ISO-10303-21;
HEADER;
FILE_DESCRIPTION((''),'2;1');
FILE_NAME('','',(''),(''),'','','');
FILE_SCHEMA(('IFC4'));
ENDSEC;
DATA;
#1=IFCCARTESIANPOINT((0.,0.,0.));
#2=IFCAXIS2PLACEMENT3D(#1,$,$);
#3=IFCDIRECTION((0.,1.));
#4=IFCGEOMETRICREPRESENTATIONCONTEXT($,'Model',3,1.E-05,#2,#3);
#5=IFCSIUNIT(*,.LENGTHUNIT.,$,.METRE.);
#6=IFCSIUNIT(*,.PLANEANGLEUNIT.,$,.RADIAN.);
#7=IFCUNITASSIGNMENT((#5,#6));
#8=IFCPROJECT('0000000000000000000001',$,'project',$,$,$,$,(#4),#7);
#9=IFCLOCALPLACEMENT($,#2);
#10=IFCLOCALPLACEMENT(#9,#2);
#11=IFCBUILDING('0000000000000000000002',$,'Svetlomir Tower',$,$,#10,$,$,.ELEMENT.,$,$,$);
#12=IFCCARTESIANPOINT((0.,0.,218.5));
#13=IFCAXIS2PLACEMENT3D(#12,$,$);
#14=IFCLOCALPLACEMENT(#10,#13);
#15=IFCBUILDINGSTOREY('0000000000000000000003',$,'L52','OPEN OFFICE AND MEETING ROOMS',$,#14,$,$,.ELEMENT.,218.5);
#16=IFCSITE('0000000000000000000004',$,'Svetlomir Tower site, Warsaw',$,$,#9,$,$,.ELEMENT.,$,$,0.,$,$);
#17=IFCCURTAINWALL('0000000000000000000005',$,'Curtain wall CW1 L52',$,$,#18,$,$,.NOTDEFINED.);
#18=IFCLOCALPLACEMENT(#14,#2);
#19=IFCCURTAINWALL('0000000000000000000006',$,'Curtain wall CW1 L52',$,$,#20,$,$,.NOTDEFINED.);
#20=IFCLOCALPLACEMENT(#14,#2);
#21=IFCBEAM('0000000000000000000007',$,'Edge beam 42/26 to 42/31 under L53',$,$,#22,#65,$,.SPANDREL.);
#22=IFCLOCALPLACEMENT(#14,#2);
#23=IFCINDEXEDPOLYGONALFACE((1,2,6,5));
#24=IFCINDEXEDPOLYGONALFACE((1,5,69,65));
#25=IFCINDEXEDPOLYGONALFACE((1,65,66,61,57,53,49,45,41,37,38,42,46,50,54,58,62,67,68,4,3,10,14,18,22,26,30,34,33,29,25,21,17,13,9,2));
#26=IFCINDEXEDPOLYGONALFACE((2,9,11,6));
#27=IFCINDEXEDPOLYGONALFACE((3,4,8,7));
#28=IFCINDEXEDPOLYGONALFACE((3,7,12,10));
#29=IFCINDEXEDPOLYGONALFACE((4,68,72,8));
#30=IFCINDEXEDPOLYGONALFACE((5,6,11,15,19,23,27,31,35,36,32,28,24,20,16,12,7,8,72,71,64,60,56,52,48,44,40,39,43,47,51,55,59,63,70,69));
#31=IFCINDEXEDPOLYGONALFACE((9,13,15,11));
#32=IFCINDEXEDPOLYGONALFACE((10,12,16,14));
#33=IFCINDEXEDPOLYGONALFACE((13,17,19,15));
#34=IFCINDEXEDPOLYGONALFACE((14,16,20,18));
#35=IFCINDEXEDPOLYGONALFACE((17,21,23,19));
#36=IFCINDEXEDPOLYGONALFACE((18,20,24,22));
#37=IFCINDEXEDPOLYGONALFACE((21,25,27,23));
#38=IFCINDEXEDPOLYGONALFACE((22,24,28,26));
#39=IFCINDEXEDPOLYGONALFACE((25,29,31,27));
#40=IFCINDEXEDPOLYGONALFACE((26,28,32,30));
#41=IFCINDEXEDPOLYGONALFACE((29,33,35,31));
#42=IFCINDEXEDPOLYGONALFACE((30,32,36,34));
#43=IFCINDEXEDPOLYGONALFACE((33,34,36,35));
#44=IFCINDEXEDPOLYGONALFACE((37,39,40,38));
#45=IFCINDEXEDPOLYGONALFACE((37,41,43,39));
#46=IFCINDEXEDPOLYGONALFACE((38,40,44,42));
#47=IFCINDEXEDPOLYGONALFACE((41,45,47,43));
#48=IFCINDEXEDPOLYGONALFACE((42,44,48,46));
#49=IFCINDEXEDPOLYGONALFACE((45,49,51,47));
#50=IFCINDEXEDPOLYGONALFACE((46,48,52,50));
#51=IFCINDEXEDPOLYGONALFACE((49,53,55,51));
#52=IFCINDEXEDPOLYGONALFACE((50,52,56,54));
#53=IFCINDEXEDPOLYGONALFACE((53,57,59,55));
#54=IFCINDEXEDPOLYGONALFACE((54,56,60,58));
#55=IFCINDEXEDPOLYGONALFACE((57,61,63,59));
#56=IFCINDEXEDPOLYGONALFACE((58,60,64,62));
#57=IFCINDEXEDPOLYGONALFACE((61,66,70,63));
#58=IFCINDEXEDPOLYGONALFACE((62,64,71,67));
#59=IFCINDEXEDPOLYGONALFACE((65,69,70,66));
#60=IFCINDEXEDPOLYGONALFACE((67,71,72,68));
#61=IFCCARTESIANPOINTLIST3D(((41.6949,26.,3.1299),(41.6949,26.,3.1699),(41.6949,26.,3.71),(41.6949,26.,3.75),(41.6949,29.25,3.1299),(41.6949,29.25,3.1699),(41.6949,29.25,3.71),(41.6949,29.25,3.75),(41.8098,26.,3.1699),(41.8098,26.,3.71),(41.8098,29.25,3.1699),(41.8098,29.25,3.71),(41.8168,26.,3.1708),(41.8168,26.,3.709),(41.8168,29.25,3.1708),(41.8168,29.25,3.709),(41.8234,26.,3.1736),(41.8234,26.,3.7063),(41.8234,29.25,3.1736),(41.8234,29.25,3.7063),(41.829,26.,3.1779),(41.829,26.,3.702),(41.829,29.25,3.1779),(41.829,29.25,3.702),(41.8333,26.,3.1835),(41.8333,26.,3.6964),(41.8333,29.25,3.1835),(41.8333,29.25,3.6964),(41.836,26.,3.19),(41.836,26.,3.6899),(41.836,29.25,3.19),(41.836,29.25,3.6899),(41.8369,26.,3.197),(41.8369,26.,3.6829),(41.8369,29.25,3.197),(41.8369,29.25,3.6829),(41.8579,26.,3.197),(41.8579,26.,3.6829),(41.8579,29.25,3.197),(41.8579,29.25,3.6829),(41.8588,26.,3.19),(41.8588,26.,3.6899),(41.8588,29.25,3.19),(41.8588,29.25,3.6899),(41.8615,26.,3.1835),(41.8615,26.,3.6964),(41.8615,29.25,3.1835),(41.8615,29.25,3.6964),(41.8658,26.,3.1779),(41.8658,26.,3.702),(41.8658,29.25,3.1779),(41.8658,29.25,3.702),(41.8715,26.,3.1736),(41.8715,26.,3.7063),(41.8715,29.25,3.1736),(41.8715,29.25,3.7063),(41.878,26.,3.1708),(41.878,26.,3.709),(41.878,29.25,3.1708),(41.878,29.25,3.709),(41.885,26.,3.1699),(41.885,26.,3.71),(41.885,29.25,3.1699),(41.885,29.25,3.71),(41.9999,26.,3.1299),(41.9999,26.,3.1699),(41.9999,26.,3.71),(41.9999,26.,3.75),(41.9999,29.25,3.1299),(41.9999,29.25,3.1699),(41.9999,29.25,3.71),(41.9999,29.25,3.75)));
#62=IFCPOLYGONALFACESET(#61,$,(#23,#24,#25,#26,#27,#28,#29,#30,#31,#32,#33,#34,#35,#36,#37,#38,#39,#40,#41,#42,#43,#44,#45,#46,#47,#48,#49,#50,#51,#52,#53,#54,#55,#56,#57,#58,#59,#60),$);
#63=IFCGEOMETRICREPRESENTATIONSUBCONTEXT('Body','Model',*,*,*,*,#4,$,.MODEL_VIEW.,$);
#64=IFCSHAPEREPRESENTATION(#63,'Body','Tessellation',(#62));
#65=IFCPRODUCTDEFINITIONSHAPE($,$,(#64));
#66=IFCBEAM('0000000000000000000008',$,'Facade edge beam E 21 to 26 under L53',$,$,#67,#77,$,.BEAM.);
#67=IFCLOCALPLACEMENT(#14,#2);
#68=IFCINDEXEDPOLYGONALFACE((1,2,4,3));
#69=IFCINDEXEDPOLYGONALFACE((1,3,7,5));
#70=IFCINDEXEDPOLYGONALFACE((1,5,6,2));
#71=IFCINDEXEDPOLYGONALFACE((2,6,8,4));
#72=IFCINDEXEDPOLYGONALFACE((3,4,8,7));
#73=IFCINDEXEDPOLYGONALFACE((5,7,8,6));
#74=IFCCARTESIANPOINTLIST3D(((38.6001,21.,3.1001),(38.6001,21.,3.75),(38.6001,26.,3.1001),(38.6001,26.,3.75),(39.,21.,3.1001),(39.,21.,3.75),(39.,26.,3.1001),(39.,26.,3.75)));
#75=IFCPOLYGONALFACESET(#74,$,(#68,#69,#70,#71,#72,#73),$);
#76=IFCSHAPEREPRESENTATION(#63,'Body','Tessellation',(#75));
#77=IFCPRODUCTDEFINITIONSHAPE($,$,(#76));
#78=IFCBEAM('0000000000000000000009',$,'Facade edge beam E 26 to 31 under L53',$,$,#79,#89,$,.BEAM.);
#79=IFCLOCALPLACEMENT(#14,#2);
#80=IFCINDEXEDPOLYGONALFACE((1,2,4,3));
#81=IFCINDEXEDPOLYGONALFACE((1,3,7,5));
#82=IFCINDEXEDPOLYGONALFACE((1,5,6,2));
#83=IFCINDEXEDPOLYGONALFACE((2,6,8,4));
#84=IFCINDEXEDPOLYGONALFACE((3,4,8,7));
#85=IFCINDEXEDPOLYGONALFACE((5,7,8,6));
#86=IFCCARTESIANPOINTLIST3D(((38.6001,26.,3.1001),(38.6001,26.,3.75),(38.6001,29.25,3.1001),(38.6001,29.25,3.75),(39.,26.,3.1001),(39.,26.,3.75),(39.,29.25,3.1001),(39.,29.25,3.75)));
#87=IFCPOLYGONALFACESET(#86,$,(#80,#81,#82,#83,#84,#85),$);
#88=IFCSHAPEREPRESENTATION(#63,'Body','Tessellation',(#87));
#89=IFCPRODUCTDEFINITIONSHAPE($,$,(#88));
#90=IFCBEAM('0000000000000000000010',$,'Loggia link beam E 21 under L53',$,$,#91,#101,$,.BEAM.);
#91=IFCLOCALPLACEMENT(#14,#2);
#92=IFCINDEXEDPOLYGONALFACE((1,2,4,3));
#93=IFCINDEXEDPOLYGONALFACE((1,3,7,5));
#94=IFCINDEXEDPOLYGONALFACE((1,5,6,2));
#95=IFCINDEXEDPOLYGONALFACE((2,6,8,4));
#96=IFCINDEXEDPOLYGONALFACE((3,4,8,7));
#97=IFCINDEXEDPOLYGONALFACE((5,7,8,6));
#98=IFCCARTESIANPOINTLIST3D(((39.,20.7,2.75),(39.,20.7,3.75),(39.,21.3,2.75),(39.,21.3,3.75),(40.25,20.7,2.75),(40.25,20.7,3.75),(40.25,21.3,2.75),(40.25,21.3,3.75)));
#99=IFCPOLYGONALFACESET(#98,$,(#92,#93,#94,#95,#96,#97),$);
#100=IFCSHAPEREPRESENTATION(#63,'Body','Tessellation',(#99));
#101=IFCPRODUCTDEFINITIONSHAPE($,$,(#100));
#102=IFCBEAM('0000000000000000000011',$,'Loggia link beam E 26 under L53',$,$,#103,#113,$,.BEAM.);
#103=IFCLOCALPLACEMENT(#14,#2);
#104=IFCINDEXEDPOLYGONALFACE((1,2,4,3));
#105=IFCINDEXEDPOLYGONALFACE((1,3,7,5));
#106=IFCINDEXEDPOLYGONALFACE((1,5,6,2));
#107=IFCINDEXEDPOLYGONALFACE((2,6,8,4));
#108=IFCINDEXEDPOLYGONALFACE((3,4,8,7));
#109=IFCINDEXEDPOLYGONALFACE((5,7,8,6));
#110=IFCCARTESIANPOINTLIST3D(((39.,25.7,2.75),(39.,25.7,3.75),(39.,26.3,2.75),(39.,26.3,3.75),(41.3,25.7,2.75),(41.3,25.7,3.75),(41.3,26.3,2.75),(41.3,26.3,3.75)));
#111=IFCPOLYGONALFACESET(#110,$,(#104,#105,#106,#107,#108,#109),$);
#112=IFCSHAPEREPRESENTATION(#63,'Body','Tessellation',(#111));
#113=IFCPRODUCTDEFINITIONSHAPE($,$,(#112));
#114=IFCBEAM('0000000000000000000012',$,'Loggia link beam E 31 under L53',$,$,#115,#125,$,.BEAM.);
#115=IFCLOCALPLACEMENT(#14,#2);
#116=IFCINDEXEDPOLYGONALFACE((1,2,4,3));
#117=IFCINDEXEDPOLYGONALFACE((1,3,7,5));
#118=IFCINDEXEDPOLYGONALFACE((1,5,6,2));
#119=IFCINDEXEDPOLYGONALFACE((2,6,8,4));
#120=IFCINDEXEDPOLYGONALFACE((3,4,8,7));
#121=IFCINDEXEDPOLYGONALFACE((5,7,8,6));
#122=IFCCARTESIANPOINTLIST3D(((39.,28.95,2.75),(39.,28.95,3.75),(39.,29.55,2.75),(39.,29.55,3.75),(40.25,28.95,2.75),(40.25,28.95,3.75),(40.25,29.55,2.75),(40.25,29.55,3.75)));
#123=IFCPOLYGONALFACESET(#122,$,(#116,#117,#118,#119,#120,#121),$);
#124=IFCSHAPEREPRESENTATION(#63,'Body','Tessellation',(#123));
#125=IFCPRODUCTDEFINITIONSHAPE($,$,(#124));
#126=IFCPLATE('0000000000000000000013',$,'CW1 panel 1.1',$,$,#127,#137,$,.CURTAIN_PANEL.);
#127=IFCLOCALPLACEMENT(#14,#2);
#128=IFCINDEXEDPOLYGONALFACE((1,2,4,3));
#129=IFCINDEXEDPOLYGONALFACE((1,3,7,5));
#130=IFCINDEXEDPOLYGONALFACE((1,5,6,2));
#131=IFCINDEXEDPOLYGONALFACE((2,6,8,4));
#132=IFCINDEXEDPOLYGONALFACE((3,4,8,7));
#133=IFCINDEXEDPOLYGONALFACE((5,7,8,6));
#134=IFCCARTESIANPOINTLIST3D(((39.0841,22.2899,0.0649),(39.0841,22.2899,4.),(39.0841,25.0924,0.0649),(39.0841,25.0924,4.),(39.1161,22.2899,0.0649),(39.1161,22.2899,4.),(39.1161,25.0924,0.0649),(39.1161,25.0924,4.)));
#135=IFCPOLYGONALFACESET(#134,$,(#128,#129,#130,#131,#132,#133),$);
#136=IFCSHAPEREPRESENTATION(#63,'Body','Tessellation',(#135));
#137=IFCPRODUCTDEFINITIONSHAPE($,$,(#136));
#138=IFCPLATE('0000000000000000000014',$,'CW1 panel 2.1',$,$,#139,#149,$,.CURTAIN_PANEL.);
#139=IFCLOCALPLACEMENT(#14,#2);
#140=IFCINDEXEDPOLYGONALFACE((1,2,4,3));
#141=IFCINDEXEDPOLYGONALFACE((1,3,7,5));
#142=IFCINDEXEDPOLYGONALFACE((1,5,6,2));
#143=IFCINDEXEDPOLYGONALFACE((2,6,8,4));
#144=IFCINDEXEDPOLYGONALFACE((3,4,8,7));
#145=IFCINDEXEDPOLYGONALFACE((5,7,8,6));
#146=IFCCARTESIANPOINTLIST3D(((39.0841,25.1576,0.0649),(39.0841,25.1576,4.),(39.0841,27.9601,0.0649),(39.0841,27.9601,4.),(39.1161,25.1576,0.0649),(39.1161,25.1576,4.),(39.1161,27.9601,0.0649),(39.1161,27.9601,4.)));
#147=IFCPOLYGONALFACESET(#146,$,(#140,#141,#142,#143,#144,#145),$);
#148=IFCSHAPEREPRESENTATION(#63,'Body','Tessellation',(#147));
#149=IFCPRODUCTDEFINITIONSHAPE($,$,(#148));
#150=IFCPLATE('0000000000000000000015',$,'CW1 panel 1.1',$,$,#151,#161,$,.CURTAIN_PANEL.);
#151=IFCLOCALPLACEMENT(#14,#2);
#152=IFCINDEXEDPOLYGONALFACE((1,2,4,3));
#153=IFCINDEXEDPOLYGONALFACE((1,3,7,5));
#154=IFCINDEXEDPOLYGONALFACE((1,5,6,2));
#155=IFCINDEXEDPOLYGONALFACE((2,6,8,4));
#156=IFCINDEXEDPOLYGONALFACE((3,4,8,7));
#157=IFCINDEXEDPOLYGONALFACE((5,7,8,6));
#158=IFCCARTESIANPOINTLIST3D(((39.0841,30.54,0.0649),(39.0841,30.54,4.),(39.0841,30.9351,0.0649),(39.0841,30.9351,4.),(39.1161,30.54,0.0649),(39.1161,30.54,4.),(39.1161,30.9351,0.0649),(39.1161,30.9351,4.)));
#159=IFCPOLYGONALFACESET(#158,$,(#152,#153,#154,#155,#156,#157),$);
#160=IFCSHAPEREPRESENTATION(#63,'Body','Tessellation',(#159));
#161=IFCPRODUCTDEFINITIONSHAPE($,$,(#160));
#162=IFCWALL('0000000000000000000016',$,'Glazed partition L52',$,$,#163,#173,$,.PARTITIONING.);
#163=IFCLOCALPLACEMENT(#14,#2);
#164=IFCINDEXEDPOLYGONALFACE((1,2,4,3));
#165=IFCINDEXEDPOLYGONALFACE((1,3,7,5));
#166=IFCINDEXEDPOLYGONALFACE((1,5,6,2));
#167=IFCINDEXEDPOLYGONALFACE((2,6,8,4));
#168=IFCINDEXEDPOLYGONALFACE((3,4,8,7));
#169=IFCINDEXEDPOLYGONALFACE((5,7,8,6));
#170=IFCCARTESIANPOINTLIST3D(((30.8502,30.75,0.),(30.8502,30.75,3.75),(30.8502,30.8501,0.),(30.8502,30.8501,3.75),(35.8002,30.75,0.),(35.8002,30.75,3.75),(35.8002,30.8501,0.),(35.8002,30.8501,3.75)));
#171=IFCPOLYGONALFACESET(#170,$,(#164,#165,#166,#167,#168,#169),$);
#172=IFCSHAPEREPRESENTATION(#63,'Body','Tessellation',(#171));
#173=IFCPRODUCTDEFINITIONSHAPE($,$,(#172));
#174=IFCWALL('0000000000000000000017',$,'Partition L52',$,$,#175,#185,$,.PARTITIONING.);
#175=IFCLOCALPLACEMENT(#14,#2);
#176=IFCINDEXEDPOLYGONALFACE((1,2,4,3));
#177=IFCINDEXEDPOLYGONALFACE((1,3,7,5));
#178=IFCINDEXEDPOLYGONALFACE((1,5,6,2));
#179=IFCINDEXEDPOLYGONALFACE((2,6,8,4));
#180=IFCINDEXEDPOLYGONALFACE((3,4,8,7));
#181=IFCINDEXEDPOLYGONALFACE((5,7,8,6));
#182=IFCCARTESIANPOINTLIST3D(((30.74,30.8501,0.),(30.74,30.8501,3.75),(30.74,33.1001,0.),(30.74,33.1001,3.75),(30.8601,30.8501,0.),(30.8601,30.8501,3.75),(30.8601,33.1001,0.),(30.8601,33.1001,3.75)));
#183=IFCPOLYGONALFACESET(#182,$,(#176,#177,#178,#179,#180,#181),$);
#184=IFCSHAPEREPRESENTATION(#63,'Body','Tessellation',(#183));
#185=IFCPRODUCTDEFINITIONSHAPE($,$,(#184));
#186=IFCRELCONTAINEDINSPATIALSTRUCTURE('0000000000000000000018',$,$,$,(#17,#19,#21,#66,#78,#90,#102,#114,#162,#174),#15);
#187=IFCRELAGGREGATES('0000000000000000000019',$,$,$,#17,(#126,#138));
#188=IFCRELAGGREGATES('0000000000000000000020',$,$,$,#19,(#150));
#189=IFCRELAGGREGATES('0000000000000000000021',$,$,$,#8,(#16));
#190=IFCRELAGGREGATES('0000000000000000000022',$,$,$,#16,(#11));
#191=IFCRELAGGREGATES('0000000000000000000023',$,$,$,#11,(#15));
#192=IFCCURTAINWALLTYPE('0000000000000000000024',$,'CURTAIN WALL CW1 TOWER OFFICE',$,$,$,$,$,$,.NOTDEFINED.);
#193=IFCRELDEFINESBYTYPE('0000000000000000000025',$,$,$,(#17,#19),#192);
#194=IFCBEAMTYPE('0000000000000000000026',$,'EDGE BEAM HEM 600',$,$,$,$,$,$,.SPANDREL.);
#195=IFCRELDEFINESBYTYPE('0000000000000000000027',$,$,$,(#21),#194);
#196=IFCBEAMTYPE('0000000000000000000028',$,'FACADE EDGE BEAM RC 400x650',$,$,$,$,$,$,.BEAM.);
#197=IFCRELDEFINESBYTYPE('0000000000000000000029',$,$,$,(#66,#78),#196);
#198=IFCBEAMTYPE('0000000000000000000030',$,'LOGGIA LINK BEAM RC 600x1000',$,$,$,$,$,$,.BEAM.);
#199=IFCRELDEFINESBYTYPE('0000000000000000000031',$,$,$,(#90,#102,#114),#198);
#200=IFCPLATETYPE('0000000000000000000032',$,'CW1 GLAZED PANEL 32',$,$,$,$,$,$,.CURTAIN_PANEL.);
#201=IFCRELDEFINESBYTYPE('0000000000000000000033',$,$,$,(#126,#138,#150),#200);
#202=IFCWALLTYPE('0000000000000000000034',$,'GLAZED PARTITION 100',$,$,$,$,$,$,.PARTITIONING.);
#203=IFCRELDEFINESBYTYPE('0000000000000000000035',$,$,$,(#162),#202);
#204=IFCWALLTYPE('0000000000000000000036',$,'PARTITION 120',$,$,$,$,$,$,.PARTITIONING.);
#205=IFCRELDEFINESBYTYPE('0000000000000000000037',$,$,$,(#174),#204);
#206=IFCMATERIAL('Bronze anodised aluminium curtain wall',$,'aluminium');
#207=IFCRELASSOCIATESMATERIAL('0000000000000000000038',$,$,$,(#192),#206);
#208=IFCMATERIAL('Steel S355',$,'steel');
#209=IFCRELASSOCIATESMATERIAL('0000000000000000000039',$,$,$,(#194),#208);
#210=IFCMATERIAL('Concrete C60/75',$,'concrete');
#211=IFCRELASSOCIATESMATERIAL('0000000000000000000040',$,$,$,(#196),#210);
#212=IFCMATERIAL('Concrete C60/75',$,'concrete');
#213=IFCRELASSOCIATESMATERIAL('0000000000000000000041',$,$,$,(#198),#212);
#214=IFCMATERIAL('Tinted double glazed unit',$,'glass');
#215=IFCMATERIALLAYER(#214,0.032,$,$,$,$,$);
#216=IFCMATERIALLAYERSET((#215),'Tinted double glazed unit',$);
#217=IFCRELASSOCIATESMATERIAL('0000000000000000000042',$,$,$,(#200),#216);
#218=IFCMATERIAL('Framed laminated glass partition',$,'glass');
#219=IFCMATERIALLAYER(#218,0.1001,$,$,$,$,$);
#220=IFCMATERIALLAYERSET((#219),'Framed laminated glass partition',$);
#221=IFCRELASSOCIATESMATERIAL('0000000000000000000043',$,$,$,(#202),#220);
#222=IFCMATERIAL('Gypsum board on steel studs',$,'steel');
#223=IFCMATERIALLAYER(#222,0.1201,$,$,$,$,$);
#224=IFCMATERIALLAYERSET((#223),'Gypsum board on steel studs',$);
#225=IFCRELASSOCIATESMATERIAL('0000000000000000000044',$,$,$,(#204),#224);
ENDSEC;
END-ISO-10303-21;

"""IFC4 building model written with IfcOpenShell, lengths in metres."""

from ifc_helpers import new_model, si_unit, direction, frame, frame_2d, origin, origin_2d, place, context, subcontext, project, spatial, rectangle, i_section, extrude, material, layer, layer_set, material_profile, profile_set, type_object, element, aggregate, save


model = new_model("IFC4")

# Units and contexts
model_context = context("Model", 3, precision=1e-05, world=origin(), true_north=direction((0.0, 1.0)))
body_context = subcontext(model_context, "Body", "Model", "MODEL_VIEW")
ifc_project = project(units=[si_unit("LENGTHUNIT", "METRE"), si_unit("PLANEANGLEUNIT", "RADIAN")], contexts=[model_context])

# Site, building, storey
site_placement = place(None, origin())
site = spatial("IfcSite", under=ifc_project, at=site_placement, Name="Svetlomir Tower site, Warsaw", CompositionType="ELEMENT", RefElevation=0.0)
building_placement = place(site_placement, origin())
building = spatial("IfcBuilding", under=site, at=building_placement, Name="Svetlomir Tower", CompositionType="ELEMENT")
storey_placement = place(building_placement, frame((0.0, 0.0, 218.5)))
storey = spatial("IfcBuildingStorey", under=building, at=storey_placement, Name="L52", Description="OPEN OFFICE AND MEETING ROOMS", CompositionType="ELEMENT", Elevation=218.5)

# Curtain walls
ifc_material_1 = material(Name="Bronze anodised aluminium curtain wall", Category="aluminium")
curtain_wall_type = type_object("IfcCurtainWallType", Name="CURTAIN WALL CW1 TOWER OFFICE", PredefinedType="NOTDEFINED", material=ifc_material_1)
curtain_wall_1_placement = place(storey_placement, origin())
curtain_wall_1 = element("IfcCurtainWall", 1, at=curtain_wall_1_placement, inside=storey, type_object=curtain_wall_type, Name="Curtain wall CW1 L52", PredefinedType="NOTDEFINED")
curtain_wall_2_placement = place(storey_placement, origin())
curtain_wall_2 = element("IfcCurtainWall", 2, at=curtain_wall_2_placement, inside=storey, type_object=curtain_wall_type, Name="Curtain wall CW1 L52", PredefinedType="NOTDEFINED")

# Beams
ifc_material_2 = material(Name="Steel S355", Category="steel")
ifc_material_profile_1 = material_profile(ifc_material_2, i_section(OverallWidth=0.3049, OverallDepth=0.6201, WebThickness=0.021, FlangeThickness=0.04, FilletRadius=0.0271, at=origin_2d()), Name="HEM 600")
ifc_profile_set_1 = profile_set([ifc_material_profile_1], Name="Steel S355")
beam_type_1 = type_object("IfcBeamType", Name="EDGE BEAM HEM 600", PredefinedType="SPANDREL", material=ifc_profile_set_1)
beam_1_placement = place(storey_placement, frame((41.8474, 26.0, 3.4399), z_axis=(0.0, 1.0, 0.0), x_axis=(-1.0, 0.0, 0.0)))
element("IfcBeam", 3, at=beam_1_placement, inside=storey, type_object=beam_type_1, Name="Edge beam 42/26 to 42/31 under L53", PredefinedType="SPANDREL", context=body_context, shape_type="SweptSolid", body=[
    extrude(i_section(OverallWidth=0.3049, OverallDepth=0.6201, WebThickness=0.021, FlangeThickness=0.04, FilletRadius=0.0271, at=origin_2d()), origin(), (0.0, 0.0, 1.0), 3.25),
])
ifc_material_3 = material(Name="Concrete C60/75", Category="concrete")
ifc_material_profile_2 = material_profile(ifc_material_3, rectangle(XDim=0.3999, YDim=0.6499, at=origin_2d()), Name="RC 400x650")
ifc_profile_set_2 = profile_set([ifc_material_profile_2], Name="Concrete C60/75")
beam_type_2 = type_object("IfcBeamType", Name="FACADE EDGE BEAM RC 400x650", PredefinedType="BEAM", material=ifc_profile_set_2)
beam_2_placement = place(storey_placement, frame((38.8, 21.0, 3.425), z_axis=(0.0, 1.0, 0.0), x_axis=(-1.0, 0.0, 0.0)))
element("IfcBeam", 4, at=beam_2_placement, inside=storey, type_object=beam_type_2, Name="Facade edge beam E 21 to 26 under L53", PredefinedType="BEAM", context=body_context, shape_type="SweptSolid", body=[
    extrude(rectangle(XDim=0.3999, YDim=0.6499, at=origin_2d()), origin(), (0.0, 0.0, 1.0), 5.0),
])
beam_3_placement = place(storey_placement, frame((38.8, 26.0, 3.425), z_axis=(0.0, 1.0, 0.0), x_axis=(-1.0, 0.0, 0.0)))
element("IfcBeam", 5, at=beam_3_placement, inside=storey, type_object=beam_type_2, Name="Facade edge beam E 26 to 31 under L53", PredefinedType="BEAM", context=body_context, shape_type="SweptSolid", body=[
    extrude(rectangle(XDim=0.3999, YDim=0.6499, at=origin_2d()), origin(), (0.0, 0.0, 1.0), 3.25),
])
ifc_material_4 = material(Name="Concrete C60/75", Category="concrete")
ifc_material_profile_3 = material_profile(ifc_material_4, rectangle(XDim=0.6001, YDim=1.0, at=origin_2d()), Name="RC 600x1000")
ifc_profile_set_3 = profile_set([ifc_material_profile_3], Name="Concrete C60/75")
beam_type_3 = type_object("IfcBeamType", Name="LOGGIA LINK BEAM RC 600x1000", PredefinedType="BEAM", material=ifc_profile_set_3)
beam_4_placement = place(storey_placement, frame((40.25, 21.0, 3.25), z_axis=(-1.0, 0.0, 0.0), x_axis=(0.0, -1.0, 0.0)))
element("IfcBeam", 6, at=beam_4_placement, inside=storey, type_object=beam_type_3, Name="Loggia link beam E 21 under L53", PredefinedType="BEAM", context=body_context, shape_type="SweptSolid", body=[
    extrude(rectangle(XDim=0.6001, YDim=1.0, at=origin_2d()), origin(), (0.0, 0.0, 1.0), 1.25),
])
beam_5_placement = place(storey_placement, frame((41.3, 26.0, 3.25), z_axis=(-1.0, 0.0, 0.0), x_axis=(0.0, -1.0, 0.0)))
element("IfcBeam", 7, at=beam_5_placement, inside=storey, type_object=beam_type_3, Name="Loggia link beam E 26 under L53", PredefinedType="BEAM", context=body_context, shape_type="SweptSolid", body=[
    extrude(rectangle(XDim=0.6001, YDim=1.0, at=origin_2d()), origin(), (0.0, 0.0, 1.0), 2.3),
])
beam_6_placement = place(storey_placement, frame((40.25, 29.25, 3.25), z_axis=(-1.0, 0.0, 0.0), x_axis=(0.0, -1.0, 0.0)))
element("IfcBeam", 8, at=beam_6_placement, inside=storey, type_object=beam_type_3, Name="Loggia link beam E 31 under L53", PredefinedType="BEAM", context=body_context, shape_type="SweptSolid", body=[
    extrude(rectangle(XDim=0.6001, YDim=1.0, at=origin_2d()), origin(), (0.0, 0.0, 1.0), 1.25),
])

# Plates
ifc_material_5 = material(Name="Tinted double glazed unit", Category="glass")
ifc_layer_1 = layer(ifc_material_5, 0.032)
ifc_layer_set_1 = layer_set([ifc_layer_1], Name="Tinted double glazed unit")
plate_type = type_object("IfcPlateType", Name="CW1 GLAZED PANEL 32", PredefinedType="CURTAIN_PANEL", material=ifc_layer_set_1)
plate_1_placement = place(storey_placement, frame((39.1001, 23.6912, 0.0649), z_axis=(0.0, 0.0, 1.0), x_axis=(0.0, 1.0, 0.0)))
plate_1 = element("IfcPlate", 9, at=plate_1_placement, type_object=plate_type, Name="CW1 panel 1.1", PredefinedType="CURTAIN_PANEL", context=body_context, shape_type="SweptSolid", body=[
    extrude(rectangle(XDim=2.8025, YDim=0.032, at=origin_2d()), origin(), (0.0, 0.0, 1.0), 3.9351),
])
plate_2_placement = place(storey_placement, frame((39.1001, 26.5588, 0.0649), z_axis=(0.0, 0.0, 1.0), x_axis=(0.0, 1.0, 0.0)))
plate_2 = element("IfcPlate", 10, at=plate_2_placement, type_object=plate_type, Name="CW1 panel 2.1", PredefinedType="CURTAIN_PANEL", context=body_context, shape_type="SweptSolid", body=[
    extrude(rectangle(XDim=2.8025, YDim=0.032, at=origin_2d()), origin(), (0.0, 0.0, 1.0), 3.9351),
])
aggregate(curtain_wall_1, [plate_1, plate_2])
plate_3_placement = place(storey_placement, frame((39.1001, 30.7375, 0.0649), z_axis=(0.0, 0.0, 1.0), x_axis=(0.0, 1.0, 0.0)))
plate_3 = element("IfcPlate", 11, at=plate_3_placement, type_object=plate_type, Name="CW1 panel 1.1", PredefinedType="CURTAIN_PANEL", context=body_context, shape_type="SweptSolid", body=[
    extrude(rectangle(XDim=0.395, YDim=0.032, at=origin_2d()), origin(), (0.0, 0.0, 1.0), 3.9351),
])
aggregate(curtain_wall_2, [plate_3])

# Walls
ifc_material_6 = material(Name="Framed laminated glass partition", Category="glass")
ifc_layer_2 = layer(ifc_material_6, 0.1001)
ifc_layer_set_2 = layer_set([ifc_layer_2], Name="Framed laminated glass partition")
wall_type_1 = type_object("IfcWallType", Name="GLAZED PARTITION 100", PredefinedType="PARTITIONING", material=ifc_layer_set_2)
wall_1_placement = place(storey_placement, frame((30.8501, 30.8, 0.0), z_axis=(0.0, 0.0, 1.0), x_axis=(1.0, 0.0, 0.0)))
element("IfcWall", 12, at=wall_1_placement, inside=storey, type_object=wall_type_1, Name="Glazed partition L52", PredefinedType="PARTITIONING", context=body_context, shape_type="SweptSolid", body=[
    extrude(rectangle(XDim=4.95, YDim=0.1001, at=frame_2d((2.4751, 0.0))), origin(), (0.0, 0.0, 1.0), 3.75),
])
ifc_material_7 = material(Name="Gypsum board on steel studs", Category="steel")
ifc_layer_3 = layer(ifc_material_7, 0.1201)
ifc_layer_set_3 = layer_set([ifc_layer_3], Name="Gypsum board on steel studs")
wall_type_2 = type_object("IfcWallType", Name="PARTITION 120", PredefinedType="PARTITIONING", material=ifc_layer_set_3)
wall_2_placement = place(storey_placement, frame((30.8, 30.8501, 0.0), z_axis=(0.0, 0.0, 1.0), x_axis=(0.0, 1.0, 0.0)))
element("IfcWall", 13, at=wall_2_placement, inside=storey, type_object=wall_type_2, Name="Partition L52", PredefinedType="PARTITIONING", context=body_context, shape_type="SweptSolid", body=[
    extrude(rectangle(XDim=2.25, YDim=0.1201, at=frame_2d((1.125, 0.0))), origin(), (0.0, 0.0, 1.0), 3.75),
])

save(model, "model.ifc")
